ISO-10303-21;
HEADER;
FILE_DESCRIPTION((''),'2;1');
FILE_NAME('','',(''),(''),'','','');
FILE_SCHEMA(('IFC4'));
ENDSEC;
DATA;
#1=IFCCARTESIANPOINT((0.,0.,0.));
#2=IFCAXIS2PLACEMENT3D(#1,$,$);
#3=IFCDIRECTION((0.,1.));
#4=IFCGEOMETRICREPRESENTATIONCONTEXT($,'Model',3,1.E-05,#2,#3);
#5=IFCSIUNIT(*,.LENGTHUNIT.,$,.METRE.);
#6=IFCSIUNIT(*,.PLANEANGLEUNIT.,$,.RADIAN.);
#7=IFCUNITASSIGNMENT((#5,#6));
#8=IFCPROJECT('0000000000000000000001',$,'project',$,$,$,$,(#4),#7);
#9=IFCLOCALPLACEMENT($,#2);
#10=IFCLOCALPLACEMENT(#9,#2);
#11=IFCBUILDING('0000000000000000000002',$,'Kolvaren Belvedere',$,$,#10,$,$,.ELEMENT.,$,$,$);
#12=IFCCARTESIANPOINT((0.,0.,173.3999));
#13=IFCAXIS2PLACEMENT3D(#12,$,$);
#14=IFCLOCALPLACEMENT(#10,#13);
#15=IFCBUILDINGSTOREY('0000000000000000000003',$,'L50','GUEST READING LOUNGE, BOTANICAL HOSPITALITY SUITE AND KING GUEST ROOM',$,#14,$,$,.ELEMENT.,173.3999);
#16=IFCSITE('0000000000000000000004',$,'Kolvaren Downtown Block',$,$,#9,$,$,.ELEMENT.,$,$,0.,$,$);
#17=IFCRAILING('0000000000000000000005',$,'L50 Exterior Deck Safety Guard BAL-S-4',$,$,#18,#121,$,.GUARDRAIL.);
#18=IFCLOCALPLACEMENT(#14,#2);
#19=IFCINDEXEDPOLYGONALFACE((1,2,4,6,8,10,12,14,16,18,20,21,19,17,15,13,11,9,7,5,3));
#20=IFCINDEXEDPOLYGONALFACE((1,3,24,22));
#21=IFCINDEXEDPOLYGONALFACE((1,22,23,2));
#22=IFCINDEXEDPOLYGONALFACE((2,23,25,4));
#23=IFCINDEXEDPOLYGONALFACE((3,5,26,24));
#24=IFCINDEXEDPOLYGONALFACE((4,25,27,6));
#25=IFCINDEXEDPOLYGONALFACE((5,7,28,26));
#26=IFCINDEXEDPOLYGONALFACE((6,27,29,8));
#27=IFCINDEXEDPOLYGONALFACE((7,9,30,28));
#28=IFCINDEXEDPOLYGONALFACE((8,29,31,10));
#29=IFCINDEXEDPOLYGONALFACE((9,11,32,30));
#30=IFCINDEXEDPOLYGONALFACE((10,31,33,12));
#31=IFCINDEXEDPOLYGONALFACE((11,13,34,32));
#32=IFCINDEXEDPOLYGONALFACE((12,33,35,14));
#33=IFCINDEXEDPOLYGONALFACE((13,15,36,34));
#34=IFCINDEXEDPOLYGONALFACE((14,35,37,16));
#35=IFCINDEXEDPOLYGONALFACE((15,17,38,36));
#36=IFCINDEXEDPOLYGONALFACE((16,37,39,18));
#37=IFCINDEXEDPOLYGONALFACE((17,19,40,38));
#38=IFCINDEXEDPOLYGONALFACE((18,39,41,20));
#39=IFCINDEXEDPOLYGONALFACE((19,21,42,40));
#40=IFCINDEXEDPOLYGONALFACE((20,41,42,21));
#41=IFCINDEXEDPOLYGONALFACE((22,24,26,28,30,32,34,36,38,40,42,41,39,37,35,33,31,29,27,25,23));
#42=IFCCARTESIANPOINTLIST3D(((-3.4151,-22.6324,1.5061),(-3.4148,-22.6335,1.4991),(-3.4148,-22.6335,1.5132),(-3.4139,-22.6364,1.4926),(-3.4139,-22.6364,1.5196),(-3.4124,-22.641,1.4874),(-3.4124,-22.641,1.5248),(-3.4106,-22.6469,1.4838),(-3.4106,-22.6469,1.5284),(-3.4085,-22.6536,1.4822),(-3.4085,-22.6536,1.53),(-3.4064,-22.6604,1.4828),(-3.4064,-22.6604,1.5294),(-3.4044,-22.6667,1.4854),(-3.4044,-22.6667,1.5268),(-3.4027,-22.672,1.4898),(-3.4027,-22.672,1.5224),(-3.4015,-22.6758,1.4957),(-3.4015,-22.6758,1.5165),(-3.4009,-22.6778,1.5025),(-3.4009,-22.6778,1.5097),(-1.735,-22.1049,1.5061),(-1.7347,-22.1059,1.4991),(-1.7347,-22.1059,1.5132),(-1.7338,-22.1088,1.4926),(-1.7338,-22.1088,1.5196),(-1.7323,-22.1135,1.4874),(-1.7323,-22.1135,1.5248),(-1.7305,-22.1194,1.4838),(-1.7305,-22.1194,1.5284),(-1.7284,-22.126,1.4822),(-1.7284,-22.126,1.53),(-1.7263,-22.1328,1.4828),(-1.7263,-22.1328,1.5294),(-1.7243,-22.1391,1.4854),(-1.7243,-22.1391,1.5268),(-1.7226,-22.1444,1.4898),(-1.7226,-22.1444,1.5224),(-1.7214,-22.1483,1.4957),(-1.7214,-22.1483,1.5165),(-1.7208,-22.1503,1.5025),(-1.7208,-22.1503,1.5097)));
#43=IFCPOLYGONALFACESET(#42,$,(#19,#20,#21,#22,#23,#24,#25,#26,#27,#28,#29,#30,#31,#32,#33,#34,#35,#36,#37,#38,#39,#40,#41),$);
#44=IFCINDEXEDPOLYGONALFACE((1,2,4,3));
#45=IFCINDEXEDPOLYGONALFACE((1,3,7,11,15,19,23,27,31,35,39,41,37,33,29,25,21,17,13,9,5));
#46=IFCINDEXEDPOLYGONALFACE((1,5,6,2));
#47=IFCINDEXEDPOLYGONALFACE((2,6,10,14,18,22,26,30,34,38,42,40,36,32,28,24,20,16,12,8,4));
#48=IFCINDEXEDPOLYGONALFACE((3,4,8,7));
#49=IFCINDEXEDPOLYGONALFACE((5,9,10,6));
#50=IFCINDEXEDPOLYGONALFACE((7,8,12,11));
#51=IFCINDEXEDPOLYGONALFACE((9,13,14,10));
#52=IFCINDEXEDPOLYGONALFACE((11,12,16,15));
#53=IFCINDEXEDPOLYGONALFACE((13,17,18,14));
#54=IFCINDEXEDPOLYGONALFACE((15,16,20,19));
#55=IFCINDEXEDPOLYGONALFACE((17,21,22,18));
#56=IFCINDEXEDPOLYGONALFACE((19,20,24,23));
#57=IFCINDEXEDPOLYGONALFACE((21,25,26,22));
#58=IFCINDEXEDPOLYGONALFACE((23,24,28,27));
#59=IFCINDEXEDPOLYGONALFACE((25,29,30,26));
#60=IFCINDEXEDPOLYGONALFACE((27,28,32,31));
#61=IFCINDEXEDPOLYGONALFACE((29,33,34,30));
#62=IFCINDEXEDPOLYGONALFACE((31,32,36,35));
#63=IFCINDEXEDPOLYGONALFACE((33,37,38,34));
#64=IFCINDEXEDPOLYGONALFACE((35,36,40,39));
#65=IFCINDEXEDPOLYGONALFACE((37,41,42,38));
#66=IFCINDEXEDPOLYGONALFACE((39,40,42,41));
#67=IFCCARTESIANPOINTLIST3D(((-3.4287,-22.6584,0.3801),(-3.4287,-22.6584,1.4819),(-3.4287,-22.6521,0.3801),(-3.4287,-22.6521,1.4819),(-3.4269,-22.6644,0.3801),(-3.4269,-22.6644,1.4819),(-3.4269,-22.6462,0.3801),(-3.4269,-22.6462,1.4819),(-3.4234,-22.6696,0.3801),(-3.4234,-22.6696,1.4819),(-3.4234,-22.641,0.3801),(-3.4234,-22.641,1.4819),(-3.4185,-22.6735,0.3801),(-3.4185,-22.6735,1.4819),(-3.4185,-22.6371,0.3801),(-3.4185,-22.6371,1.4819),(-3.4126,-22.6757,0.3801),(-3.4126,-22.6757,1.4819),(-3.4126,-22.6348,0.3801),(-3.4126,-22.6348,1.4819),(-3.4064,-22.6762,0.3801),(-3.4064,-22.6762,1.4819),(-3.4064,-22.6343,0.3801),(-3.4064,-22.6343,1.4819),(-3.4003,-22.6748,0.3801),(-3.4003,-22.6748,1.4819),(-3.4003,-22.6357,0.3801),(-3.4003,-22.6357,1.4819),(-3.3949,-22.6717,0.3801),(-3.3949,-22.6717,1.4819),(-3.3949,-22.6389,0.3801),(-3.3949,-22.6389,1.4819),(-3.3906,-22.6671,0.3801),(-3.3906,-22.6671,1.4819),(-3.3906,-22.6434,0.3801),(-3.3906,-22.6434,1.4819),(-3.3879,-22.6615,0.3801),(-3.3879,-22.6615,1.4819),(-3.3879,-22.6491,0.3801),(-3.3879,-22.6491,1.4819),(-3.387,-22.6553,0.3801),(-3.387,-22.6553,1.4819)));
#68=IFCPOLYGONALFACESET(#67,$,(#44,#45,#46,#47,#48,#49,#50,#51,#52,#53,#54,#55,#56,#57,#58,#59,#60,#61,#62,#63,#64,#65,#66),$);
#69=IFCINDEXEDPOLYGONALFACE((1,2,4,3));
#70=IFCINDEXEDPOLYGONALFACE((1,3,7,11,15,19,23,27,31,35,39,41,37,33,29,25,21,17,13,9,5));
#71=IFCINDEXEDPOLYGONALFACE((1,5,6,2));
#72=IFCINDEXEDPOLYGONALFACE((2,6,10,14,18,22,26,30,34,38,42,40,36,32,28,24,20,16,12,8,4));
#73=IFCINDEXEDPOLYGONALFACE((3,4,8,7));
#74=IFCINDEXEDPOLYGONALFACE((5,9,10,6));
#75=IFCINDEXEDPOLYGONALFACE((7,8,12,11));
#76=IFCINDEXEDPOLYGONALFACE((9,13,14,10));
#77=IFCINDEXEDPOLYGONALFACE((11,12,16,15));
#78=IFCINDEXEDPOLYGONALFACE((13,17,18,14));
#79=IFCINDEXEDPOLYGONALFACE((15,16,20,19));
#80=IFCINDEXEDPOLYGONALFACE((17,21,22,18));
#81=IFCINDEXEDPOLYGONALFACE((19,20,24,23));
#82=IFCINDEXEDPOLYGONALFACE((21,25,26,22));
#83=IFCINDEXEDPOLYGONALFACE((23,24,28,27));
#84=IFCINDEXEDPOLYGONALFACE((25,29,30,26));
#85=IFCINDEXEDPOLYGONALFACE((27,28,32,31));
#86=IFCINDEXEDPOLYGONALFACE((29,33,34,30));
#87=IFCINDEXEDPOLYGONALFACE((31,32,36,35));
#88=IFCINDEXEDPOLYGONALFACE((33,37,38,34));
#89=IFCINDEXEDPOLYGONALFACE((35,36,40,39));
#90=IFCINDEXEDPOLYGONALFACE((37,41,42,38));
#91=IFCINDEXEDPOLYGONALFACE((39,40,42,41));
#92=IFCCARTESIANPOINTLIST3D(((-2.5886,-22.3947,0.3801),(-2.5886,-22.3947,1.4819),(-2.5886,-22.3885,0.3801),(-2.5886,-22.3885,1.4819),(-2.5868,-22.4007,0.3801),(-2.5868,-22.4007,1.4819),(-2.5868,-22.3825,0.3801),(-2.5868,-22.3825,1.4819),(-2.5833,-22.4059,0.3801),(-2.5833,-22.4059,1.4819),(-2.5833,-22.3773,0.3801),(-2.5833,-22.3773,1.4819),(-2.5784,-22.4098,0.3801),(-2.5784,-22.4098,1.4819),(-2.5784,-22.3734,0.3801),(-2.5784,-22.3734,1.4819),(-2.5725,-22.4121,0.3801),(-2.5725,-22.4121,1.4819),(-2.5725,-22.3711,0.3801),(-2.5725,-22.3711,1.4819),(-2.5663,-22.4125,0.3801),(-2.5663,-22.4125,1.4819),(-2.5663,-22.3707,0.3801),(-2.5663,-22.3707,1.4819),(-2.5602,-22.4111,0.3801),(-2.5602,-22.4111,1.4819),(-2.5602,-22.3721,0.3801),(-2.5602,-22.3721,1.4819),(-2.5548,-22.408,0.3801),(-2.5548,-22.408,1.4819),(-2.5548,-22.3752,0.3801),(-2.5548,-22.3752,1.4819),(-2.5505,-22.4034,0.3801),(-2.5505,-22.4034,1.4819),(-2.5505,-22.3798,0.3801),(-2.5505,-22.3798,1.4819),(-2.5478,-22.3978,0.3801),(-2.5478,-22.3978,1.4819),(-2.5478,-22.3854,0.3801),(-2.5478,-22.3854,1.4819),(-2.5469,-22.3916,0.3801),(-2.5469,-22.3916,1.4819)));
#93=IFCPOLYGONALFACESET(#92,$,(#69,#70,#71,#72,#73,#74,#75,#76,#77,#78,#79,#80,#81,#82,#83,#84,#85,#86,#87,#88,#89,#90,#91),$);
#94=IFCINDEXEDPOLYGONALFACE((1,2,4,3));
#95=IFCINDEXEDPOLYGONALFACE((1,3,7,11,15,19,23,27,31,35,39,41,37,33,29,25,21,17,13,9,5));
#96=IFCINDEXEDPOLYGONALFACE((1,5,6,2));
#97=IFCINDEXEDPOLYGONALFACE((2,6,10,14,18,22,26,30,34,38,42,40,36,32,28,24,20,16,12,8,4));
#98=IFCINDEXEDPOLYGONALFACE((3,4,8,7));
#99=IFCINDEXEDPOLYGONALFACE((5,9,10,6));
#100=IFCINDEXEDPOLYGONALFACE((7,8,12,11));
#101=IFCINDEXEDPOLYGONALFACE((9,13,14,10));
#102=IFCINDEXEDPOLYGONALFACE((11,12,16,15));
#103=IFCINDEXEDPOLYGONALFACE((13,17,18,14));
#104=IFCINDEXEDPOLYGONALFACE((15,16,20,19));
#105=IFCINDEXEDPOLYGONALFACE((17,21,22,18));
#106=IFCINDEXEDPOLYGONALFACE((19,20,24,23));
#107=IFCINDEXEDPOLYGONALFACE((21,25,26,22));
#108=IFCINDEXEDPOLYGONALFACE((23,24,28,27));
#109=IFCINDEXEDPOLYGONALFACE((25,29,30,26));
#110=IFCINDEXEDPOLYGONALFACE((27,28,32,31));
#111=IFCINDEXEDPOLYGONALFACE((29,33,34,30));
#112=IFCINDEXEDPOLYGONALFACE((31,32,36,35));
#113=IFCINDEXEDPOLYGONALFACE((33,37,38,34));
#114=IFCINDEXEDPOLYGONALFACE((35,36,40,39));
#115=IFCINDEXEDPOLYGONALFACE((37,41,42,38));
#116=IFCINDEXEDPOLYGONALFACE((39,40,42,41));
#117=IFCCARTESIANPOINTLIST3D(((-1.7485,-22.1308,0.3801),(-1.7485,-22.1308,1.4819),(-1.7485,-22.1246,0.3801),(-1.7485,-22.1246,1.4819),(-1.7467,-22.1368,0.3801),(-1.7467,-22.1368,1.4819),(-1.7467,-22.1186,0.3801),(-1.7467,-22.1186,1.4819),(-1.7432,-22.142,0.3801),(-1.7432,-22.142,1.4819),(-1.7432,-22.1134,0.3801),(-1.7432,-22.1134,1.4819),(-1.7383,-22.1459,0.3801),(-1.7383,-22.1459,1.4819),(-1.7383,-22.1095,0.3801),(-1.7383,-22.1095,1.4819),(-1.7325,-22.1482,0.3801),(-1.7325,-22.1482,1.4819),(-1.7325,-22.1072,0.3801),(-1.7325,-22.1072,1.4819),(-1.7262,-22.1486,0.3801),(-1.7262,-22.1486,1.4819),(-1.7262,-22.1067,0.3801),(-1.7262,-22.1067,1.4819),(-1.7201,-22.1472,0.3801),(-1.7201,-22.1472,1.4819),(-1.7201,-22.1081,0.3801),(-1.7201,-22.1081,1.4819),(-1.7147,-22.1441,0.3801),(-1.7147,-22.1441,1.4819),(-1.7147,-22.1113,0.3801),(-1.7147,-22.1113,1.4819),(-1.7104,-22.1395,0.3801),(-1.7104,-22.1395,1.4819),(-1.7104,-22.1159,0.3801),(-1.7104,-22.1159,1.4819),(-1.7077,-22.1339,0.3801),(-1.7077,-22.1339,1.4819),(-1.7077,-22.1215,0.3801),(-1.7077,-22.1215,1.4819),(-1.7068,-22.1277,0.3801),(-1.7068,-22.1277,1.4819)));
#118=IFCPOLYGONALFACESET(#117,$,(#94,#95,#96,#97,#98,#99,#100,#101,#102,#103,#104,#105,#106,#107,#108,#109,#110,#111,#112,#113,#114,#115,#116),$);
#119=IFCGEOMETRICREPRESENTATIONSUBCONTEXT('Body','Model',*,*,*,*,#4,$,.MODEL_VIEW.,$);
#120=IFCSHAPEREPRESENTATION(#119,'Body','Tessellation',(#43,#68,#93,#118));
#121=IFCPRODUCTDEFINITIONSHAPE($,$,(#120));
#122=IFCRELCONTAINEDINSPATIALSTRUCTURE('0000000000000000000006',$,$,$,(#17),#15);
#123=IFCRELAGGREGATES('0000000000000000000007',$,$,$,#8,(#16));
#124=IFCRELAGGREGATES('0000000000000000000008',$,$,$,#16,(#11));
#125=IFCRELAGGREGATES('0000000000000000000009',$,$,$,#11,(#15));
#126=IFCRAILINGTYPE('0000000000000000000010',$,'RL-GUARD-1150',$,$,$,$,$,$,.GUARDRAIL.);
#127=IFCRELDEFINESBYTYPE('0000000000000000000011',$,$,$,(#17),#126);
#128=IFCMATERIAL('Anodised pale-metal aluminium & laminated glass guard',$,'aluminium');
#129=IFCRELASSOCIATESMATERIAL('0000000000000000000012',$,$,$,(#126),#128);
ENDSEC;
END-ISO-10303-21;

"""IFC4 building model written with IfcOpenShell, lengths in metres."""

from ifc_helpers import new_model, si_unit, direction, frame, origin, origin_2d, place, context, subcontext, project, spatial, circle, extrude, material, type_object, element, save


model = new_model("IFC4")

# Units and contexts
model_context = context("Model", 3, precision=1e-05, world=origin(), true_north=direction((0.0, 1.0)))
body_context = subcontext(model_context, "Body", "Model", "MODEL_VIEW")
ifc_project = project(units=[si_unit("LENGTHUNIT", "METRE"), si_unit("PLANEANGLEUNIT", "RADIAN")], contexts=[model_context])

# Site, building, storey
site_placement = place(None, origin())
site = spatial("IfcSite", under=ifc_project, at=site_placement, Name="Kolvaren Downtown Block", CompositionType="ELEMENT", RefElevation=0.0)
building_placement = place(site_placement, origin())
building = spatial("IfcBuilding", under=site, at=building_placement, Name="Kolvaren Belvedere", CompositionType="ELEMENT")
storey_placement = place(building_placement, frame((0.0, 0.0, 173.3999)))
storey = spatial("IfcBuildingStorey", under=building, at=storey_placement, Name="L50", Description="GUEST READING LOUNGE, BOTANICAL HOSPITALITY SUITE AND KING GUEST ROOM", CompositionType="ELEMENT", Elevation=173.3999)

# Railing
ifc_material_1 = material(Name="Anodised pale-metal aluminium & laminated glass guard", Category="aluminium")
railing_type = type_object("IfcRailingType", Name="RL-GUARD-1150", PredefinedType="GUARDRAIL", material=ifc_material_1)
railing_1_placement = place(storey_placement, frame((-3.408, -22.6553, 0.3801)))
element("IfcRailing", 1, at=railing_1_placement, inside=storey, type_object=railing_type, Name="L50 Exterior Deck Safety Guard BAL-S-4", PredefinedType="GUARDRAIL", context=body_context, shape_type="SweptSolid", body=[
    extrude(circle(Radius=0.0239, at=origin_2d()), frame((0.0, 0.0, 1.126), z_axis=(0.95407, 0.299585, 0.0), x_axis=(-0.299585, 0.95407, 0.0)), (0.0, 0.0, 1.0), 1.761),
    extrude(circle(Radius=0.021, at=origin_2d()), origin(), (0.0, 0.0, 1.0), 1.1018),
    extrude(circle(Radius=0.021, at=origin_2d()), frame((0.8401, 0.2637, 0.0)), (0.0, 0.0, 1.0), 1.1018),
    extrude(circle(Radius=0.021, at=origin_2d()), frame((1.6802, 0.5276, 0.0)), (0.0, 0.0, 1.0), 1.1018),
])

save(model, "model.ifc")
